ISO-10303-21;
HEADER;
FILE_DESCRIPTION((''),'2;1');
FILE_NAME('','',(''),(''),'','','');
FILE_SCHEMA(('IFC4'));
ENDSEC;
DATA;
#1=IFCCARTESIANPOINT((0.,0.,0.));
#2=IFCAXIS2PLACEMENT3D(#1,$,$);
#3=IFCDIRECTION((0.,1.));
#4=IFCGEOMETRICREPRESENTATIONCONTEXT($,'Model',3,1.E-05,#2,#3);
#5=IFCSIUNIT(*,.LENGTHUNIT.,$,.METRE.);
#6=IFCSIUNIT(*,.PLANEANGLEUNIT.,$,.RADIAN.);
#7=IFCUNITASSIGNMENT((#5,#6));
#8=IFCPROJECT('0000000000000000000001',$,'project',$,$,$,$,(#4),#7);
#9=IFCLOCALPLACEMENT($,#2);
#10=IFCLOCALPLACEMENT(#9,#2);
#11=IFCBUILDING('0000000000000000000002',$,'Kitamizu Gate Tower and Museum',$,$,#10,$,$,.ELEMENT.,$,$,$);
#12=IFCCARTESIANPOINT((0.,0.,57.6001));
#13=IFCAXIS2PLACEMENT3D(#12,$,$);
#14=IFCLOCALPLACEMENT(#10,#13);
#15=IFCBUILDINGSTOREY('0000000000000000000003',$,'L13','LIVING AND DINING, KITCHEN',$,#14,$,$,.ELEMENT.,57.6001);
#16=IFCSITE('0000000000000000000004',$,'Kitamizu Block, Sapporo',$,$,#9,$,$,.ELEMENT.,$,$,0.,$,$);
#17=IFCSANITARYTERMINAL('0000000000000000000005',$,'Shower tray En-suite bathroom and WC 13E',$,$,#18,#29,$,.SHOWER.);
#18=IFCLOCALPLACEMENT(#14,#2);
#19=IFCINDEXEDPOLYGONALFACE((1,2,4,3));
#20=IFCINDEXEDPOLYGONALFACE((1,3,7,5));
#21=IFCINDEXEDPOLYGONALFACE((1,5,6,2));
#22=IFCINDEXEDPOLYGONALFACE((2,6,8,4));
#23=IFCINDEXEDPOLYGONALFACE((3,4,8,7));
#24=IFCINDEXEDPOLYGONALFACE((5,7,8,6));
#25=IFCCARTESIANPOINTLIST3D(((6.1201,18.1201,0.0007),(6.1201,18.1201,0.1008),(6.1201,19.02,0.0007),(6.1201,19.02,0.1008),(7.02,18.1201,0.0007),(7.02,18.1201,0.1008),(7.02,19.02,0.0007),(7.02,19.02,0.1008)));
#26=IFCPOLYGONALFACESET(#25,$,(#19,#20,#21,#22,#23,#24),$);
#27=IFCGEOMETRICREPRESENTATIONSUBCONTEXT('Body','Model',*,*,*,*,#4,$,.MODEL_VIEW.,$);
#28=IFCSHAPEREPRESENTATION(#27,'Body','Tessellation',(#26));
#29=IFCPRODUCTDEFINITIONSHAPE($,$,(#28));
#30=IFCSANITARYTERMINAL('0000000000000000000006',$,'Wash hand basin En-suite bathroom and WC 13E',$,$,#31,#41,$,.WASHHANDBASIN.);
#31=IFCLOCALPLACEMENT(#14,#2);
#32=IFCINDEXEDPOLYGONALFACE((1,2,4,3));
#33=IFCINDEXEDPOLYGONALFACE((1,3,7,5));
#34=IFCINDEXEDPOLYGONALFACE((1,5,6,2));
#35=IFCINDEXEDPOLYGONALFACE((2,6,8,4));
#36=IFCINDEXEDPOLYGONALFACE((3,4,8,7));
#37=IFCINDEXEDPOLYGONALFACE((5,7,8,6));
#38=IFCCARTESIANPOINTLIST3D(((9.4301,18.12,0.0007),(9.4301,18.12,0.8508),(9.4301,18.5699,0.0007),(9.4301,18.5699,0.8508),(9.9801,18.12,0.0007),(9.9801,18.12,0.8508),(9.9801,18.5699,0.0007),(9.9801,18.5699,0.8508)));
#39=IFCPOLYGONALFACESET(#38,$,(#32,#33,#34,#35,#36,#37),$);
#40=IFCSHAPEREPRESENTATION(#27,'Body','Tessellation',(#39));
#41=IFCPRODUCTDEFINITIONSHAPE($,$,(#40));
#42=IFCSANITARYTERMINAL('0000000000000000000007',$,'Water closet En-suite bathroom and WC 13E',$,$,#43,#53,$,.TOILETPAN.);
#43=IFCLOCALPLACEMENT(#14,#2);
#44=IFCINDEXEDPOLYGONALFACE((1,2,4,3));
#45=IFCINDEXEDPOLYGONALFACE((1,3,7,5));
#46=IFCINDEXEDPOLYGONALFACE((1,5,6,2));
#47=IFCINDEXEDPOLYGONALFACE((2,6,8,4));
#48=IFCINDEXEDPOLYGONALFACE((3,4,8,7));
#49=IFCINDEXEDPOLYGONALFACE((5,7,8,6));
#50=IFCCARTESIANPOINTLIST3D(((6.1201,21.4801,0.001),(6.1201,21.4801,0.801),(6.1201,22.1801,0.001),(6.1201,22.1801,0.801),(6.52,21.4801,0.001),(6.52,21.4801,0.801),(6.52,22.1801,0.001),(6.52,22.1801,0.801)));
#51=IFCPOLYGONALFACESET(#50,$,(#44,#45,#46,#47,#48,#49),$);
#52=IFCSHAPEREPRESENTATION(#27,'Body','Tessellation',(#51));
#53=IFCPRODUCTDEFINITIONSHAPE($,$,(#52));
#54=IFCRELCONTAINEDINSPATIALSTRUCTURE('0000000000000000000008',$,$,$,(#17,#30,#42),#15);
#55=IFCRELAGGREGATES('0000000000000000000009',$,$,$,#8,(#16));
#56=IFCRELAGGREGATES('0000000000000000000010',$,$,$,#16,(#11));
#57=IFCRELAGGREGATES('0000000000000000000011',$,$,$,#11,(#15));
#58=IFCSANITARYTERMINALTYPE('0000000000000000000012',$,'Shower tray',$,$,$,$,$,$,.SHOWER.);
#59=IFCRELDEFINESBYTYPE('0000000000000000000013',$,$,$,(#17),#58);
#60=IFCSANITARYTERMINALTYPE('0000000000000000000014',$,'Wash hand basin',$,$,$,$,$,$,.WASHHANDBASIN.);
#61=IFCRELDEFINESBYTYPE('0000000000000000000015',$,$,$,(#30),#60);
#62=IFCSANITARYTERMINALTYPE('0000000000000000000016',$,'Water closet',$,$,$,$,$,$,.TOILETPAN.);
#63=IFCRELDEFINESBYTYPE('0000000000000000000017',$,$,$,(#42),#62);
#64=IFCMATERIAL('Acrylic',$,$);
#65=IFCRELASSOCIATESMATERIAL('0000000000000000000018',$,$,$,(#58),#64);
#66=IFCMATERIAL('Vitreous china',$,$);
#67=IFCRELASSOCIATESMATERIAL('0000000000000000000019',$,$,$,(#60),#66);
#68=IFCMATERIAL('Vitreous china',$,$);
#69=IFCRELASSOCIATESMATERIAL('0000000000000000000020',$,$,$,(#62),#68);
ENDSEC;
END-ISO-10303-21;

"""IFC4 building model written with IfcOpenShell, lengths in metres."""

from ifc_helpers import new_model, si_unit, direction, frame, origin, origin_2d, place, context, subcontext, project, spatial, rectangle, extrude, material, type_object, element, save


model = new_model("IFC4")

# Units and contexts
model_context = context("Model", 3, precision=1e-05, world=origin(), true_north=direction((0.0, 1.0)))
body_context = subcontext(model_context, "Body", "Model", "MODEL_VIEW")
ifc_project = project(units=[si_unit("LENGTHUNIT", "METRE"), si_unit("PLANEANGLEUNIT", "RADIAN")], contexts=[model_context])

# Site, building, storey
site_placement = place(None, origin())
site = spatial("IfcSite", under=ifc_project, at=site_placement, Name="Kitamizu Block, Sapporo", CompositionType="ELEMENT", RefElevation=0.0)
building_placement = place(site_placement, origin())
building = spatial("IfcBuilding", under=site, at=building_placement, Name="Kitamizu Gate Tower and Museum", CompositionType="ELEMENT")
storey_placement = place(building_placement, frame((0.0, 0.0, 57.6001)))
storey = spatial("IfcBuildingStorey", under=building, at=storey_placement, Name="L13", Description="LIVING AND DINING, KITCHEN", CompositionType="ELEMENT", Elevation=57.6001)

# Sanitary terminals
ifc_material_1 = material(Name="Acrylic")
sanitary_terminal_type_1 = type_object("IfcSanitaryTerminalType", Name="Shower tray", PredefinedType="SHOWER", material=ifc_material_1)
sanitary_terminal_1_placement = place(storey_placement, frame((6.5701, 18.5701, 0.0007), z_axis=(0.0, 0.0, 1.0), x_axis=(1.0, 0.0, 0.0)))
element("IfcSanitaryTerminal", 1, at=sanitary_terminal_1_placement, inside=storey, type_object=sanitary_terminal_type_1, Name="Shower tray En-suite bathroom and WC 13E", PredefinedType="SHOWER", context=body_context, shape_type="SweptSolid", body=[
    extrude(rectangle(XDim=0.8999, YDim=0.8999, at=origin_2d()), origin(), (0.0, 0.0, 1.0), 0.1001),
])
ifc_material_2 = material(Name="Vitreous china")
sanitary_terminal_type_2 = type_object("IfcSanitaryTerminalType", Name="Wash hand basin", PredefinedType="WASHHANDBASIN", material=ifc_material_2)
sanitary_terminal_2_placement = place(storey_placement, frame((9.7051, 18.345, 0.0007), z_axis=(0.0, 0.0, 1.0), x_axis=(1.0, 0.0, 0.0)))
element("IfcSanitaryTerminal", 2, at=sanitary_terminal_2_placement, inside=storey, type_object=sanitary_terminal_type_2, Name="Wash hand basin En-suite bathroom and WC 13E", PredefinedType="WASHHANDBASIN", context=body_context, shape_type="SweptSolid", body=[
    extrude(rectangle(XDim=0.55, YDim=0.45, at=origin_2d()), origin(), (0.0, 0.0, 1.0), 0.8501),
])
ifc_material_3 = material(Name="Vitreous china")
sanitary_terminal_type_3 = type_object("IfcSanitaryTerminalType", Name="Water closet", PredefinedType="TOILETPAN", material=ifc_material_3)
sanitary_terminal_3_placement = place(storey_placement, frame((6.3201, 21.8301, 0.001), z_axis=(0.0, 0.0, 1.0), x_axis=(1.0, 0.0, 0.0)))
element("IfcSanitaryTerminal", 3, at=sanitary_terminal_3_placement, inside=storey, type_object=sanitary_terminal_type_3, Name="Water closet En-suite bathroom and WC 13E", PredefinedType="TOILETPAN", context=body_context, shape_type="SweptSolid", body=[
    extrude(rectangle(XDim=0.3999, YDim=0.7, at=origin_2d()), origin(), (0.0, 0.0, 1.0), 0.8),
])

save(model, "model.ifc")
